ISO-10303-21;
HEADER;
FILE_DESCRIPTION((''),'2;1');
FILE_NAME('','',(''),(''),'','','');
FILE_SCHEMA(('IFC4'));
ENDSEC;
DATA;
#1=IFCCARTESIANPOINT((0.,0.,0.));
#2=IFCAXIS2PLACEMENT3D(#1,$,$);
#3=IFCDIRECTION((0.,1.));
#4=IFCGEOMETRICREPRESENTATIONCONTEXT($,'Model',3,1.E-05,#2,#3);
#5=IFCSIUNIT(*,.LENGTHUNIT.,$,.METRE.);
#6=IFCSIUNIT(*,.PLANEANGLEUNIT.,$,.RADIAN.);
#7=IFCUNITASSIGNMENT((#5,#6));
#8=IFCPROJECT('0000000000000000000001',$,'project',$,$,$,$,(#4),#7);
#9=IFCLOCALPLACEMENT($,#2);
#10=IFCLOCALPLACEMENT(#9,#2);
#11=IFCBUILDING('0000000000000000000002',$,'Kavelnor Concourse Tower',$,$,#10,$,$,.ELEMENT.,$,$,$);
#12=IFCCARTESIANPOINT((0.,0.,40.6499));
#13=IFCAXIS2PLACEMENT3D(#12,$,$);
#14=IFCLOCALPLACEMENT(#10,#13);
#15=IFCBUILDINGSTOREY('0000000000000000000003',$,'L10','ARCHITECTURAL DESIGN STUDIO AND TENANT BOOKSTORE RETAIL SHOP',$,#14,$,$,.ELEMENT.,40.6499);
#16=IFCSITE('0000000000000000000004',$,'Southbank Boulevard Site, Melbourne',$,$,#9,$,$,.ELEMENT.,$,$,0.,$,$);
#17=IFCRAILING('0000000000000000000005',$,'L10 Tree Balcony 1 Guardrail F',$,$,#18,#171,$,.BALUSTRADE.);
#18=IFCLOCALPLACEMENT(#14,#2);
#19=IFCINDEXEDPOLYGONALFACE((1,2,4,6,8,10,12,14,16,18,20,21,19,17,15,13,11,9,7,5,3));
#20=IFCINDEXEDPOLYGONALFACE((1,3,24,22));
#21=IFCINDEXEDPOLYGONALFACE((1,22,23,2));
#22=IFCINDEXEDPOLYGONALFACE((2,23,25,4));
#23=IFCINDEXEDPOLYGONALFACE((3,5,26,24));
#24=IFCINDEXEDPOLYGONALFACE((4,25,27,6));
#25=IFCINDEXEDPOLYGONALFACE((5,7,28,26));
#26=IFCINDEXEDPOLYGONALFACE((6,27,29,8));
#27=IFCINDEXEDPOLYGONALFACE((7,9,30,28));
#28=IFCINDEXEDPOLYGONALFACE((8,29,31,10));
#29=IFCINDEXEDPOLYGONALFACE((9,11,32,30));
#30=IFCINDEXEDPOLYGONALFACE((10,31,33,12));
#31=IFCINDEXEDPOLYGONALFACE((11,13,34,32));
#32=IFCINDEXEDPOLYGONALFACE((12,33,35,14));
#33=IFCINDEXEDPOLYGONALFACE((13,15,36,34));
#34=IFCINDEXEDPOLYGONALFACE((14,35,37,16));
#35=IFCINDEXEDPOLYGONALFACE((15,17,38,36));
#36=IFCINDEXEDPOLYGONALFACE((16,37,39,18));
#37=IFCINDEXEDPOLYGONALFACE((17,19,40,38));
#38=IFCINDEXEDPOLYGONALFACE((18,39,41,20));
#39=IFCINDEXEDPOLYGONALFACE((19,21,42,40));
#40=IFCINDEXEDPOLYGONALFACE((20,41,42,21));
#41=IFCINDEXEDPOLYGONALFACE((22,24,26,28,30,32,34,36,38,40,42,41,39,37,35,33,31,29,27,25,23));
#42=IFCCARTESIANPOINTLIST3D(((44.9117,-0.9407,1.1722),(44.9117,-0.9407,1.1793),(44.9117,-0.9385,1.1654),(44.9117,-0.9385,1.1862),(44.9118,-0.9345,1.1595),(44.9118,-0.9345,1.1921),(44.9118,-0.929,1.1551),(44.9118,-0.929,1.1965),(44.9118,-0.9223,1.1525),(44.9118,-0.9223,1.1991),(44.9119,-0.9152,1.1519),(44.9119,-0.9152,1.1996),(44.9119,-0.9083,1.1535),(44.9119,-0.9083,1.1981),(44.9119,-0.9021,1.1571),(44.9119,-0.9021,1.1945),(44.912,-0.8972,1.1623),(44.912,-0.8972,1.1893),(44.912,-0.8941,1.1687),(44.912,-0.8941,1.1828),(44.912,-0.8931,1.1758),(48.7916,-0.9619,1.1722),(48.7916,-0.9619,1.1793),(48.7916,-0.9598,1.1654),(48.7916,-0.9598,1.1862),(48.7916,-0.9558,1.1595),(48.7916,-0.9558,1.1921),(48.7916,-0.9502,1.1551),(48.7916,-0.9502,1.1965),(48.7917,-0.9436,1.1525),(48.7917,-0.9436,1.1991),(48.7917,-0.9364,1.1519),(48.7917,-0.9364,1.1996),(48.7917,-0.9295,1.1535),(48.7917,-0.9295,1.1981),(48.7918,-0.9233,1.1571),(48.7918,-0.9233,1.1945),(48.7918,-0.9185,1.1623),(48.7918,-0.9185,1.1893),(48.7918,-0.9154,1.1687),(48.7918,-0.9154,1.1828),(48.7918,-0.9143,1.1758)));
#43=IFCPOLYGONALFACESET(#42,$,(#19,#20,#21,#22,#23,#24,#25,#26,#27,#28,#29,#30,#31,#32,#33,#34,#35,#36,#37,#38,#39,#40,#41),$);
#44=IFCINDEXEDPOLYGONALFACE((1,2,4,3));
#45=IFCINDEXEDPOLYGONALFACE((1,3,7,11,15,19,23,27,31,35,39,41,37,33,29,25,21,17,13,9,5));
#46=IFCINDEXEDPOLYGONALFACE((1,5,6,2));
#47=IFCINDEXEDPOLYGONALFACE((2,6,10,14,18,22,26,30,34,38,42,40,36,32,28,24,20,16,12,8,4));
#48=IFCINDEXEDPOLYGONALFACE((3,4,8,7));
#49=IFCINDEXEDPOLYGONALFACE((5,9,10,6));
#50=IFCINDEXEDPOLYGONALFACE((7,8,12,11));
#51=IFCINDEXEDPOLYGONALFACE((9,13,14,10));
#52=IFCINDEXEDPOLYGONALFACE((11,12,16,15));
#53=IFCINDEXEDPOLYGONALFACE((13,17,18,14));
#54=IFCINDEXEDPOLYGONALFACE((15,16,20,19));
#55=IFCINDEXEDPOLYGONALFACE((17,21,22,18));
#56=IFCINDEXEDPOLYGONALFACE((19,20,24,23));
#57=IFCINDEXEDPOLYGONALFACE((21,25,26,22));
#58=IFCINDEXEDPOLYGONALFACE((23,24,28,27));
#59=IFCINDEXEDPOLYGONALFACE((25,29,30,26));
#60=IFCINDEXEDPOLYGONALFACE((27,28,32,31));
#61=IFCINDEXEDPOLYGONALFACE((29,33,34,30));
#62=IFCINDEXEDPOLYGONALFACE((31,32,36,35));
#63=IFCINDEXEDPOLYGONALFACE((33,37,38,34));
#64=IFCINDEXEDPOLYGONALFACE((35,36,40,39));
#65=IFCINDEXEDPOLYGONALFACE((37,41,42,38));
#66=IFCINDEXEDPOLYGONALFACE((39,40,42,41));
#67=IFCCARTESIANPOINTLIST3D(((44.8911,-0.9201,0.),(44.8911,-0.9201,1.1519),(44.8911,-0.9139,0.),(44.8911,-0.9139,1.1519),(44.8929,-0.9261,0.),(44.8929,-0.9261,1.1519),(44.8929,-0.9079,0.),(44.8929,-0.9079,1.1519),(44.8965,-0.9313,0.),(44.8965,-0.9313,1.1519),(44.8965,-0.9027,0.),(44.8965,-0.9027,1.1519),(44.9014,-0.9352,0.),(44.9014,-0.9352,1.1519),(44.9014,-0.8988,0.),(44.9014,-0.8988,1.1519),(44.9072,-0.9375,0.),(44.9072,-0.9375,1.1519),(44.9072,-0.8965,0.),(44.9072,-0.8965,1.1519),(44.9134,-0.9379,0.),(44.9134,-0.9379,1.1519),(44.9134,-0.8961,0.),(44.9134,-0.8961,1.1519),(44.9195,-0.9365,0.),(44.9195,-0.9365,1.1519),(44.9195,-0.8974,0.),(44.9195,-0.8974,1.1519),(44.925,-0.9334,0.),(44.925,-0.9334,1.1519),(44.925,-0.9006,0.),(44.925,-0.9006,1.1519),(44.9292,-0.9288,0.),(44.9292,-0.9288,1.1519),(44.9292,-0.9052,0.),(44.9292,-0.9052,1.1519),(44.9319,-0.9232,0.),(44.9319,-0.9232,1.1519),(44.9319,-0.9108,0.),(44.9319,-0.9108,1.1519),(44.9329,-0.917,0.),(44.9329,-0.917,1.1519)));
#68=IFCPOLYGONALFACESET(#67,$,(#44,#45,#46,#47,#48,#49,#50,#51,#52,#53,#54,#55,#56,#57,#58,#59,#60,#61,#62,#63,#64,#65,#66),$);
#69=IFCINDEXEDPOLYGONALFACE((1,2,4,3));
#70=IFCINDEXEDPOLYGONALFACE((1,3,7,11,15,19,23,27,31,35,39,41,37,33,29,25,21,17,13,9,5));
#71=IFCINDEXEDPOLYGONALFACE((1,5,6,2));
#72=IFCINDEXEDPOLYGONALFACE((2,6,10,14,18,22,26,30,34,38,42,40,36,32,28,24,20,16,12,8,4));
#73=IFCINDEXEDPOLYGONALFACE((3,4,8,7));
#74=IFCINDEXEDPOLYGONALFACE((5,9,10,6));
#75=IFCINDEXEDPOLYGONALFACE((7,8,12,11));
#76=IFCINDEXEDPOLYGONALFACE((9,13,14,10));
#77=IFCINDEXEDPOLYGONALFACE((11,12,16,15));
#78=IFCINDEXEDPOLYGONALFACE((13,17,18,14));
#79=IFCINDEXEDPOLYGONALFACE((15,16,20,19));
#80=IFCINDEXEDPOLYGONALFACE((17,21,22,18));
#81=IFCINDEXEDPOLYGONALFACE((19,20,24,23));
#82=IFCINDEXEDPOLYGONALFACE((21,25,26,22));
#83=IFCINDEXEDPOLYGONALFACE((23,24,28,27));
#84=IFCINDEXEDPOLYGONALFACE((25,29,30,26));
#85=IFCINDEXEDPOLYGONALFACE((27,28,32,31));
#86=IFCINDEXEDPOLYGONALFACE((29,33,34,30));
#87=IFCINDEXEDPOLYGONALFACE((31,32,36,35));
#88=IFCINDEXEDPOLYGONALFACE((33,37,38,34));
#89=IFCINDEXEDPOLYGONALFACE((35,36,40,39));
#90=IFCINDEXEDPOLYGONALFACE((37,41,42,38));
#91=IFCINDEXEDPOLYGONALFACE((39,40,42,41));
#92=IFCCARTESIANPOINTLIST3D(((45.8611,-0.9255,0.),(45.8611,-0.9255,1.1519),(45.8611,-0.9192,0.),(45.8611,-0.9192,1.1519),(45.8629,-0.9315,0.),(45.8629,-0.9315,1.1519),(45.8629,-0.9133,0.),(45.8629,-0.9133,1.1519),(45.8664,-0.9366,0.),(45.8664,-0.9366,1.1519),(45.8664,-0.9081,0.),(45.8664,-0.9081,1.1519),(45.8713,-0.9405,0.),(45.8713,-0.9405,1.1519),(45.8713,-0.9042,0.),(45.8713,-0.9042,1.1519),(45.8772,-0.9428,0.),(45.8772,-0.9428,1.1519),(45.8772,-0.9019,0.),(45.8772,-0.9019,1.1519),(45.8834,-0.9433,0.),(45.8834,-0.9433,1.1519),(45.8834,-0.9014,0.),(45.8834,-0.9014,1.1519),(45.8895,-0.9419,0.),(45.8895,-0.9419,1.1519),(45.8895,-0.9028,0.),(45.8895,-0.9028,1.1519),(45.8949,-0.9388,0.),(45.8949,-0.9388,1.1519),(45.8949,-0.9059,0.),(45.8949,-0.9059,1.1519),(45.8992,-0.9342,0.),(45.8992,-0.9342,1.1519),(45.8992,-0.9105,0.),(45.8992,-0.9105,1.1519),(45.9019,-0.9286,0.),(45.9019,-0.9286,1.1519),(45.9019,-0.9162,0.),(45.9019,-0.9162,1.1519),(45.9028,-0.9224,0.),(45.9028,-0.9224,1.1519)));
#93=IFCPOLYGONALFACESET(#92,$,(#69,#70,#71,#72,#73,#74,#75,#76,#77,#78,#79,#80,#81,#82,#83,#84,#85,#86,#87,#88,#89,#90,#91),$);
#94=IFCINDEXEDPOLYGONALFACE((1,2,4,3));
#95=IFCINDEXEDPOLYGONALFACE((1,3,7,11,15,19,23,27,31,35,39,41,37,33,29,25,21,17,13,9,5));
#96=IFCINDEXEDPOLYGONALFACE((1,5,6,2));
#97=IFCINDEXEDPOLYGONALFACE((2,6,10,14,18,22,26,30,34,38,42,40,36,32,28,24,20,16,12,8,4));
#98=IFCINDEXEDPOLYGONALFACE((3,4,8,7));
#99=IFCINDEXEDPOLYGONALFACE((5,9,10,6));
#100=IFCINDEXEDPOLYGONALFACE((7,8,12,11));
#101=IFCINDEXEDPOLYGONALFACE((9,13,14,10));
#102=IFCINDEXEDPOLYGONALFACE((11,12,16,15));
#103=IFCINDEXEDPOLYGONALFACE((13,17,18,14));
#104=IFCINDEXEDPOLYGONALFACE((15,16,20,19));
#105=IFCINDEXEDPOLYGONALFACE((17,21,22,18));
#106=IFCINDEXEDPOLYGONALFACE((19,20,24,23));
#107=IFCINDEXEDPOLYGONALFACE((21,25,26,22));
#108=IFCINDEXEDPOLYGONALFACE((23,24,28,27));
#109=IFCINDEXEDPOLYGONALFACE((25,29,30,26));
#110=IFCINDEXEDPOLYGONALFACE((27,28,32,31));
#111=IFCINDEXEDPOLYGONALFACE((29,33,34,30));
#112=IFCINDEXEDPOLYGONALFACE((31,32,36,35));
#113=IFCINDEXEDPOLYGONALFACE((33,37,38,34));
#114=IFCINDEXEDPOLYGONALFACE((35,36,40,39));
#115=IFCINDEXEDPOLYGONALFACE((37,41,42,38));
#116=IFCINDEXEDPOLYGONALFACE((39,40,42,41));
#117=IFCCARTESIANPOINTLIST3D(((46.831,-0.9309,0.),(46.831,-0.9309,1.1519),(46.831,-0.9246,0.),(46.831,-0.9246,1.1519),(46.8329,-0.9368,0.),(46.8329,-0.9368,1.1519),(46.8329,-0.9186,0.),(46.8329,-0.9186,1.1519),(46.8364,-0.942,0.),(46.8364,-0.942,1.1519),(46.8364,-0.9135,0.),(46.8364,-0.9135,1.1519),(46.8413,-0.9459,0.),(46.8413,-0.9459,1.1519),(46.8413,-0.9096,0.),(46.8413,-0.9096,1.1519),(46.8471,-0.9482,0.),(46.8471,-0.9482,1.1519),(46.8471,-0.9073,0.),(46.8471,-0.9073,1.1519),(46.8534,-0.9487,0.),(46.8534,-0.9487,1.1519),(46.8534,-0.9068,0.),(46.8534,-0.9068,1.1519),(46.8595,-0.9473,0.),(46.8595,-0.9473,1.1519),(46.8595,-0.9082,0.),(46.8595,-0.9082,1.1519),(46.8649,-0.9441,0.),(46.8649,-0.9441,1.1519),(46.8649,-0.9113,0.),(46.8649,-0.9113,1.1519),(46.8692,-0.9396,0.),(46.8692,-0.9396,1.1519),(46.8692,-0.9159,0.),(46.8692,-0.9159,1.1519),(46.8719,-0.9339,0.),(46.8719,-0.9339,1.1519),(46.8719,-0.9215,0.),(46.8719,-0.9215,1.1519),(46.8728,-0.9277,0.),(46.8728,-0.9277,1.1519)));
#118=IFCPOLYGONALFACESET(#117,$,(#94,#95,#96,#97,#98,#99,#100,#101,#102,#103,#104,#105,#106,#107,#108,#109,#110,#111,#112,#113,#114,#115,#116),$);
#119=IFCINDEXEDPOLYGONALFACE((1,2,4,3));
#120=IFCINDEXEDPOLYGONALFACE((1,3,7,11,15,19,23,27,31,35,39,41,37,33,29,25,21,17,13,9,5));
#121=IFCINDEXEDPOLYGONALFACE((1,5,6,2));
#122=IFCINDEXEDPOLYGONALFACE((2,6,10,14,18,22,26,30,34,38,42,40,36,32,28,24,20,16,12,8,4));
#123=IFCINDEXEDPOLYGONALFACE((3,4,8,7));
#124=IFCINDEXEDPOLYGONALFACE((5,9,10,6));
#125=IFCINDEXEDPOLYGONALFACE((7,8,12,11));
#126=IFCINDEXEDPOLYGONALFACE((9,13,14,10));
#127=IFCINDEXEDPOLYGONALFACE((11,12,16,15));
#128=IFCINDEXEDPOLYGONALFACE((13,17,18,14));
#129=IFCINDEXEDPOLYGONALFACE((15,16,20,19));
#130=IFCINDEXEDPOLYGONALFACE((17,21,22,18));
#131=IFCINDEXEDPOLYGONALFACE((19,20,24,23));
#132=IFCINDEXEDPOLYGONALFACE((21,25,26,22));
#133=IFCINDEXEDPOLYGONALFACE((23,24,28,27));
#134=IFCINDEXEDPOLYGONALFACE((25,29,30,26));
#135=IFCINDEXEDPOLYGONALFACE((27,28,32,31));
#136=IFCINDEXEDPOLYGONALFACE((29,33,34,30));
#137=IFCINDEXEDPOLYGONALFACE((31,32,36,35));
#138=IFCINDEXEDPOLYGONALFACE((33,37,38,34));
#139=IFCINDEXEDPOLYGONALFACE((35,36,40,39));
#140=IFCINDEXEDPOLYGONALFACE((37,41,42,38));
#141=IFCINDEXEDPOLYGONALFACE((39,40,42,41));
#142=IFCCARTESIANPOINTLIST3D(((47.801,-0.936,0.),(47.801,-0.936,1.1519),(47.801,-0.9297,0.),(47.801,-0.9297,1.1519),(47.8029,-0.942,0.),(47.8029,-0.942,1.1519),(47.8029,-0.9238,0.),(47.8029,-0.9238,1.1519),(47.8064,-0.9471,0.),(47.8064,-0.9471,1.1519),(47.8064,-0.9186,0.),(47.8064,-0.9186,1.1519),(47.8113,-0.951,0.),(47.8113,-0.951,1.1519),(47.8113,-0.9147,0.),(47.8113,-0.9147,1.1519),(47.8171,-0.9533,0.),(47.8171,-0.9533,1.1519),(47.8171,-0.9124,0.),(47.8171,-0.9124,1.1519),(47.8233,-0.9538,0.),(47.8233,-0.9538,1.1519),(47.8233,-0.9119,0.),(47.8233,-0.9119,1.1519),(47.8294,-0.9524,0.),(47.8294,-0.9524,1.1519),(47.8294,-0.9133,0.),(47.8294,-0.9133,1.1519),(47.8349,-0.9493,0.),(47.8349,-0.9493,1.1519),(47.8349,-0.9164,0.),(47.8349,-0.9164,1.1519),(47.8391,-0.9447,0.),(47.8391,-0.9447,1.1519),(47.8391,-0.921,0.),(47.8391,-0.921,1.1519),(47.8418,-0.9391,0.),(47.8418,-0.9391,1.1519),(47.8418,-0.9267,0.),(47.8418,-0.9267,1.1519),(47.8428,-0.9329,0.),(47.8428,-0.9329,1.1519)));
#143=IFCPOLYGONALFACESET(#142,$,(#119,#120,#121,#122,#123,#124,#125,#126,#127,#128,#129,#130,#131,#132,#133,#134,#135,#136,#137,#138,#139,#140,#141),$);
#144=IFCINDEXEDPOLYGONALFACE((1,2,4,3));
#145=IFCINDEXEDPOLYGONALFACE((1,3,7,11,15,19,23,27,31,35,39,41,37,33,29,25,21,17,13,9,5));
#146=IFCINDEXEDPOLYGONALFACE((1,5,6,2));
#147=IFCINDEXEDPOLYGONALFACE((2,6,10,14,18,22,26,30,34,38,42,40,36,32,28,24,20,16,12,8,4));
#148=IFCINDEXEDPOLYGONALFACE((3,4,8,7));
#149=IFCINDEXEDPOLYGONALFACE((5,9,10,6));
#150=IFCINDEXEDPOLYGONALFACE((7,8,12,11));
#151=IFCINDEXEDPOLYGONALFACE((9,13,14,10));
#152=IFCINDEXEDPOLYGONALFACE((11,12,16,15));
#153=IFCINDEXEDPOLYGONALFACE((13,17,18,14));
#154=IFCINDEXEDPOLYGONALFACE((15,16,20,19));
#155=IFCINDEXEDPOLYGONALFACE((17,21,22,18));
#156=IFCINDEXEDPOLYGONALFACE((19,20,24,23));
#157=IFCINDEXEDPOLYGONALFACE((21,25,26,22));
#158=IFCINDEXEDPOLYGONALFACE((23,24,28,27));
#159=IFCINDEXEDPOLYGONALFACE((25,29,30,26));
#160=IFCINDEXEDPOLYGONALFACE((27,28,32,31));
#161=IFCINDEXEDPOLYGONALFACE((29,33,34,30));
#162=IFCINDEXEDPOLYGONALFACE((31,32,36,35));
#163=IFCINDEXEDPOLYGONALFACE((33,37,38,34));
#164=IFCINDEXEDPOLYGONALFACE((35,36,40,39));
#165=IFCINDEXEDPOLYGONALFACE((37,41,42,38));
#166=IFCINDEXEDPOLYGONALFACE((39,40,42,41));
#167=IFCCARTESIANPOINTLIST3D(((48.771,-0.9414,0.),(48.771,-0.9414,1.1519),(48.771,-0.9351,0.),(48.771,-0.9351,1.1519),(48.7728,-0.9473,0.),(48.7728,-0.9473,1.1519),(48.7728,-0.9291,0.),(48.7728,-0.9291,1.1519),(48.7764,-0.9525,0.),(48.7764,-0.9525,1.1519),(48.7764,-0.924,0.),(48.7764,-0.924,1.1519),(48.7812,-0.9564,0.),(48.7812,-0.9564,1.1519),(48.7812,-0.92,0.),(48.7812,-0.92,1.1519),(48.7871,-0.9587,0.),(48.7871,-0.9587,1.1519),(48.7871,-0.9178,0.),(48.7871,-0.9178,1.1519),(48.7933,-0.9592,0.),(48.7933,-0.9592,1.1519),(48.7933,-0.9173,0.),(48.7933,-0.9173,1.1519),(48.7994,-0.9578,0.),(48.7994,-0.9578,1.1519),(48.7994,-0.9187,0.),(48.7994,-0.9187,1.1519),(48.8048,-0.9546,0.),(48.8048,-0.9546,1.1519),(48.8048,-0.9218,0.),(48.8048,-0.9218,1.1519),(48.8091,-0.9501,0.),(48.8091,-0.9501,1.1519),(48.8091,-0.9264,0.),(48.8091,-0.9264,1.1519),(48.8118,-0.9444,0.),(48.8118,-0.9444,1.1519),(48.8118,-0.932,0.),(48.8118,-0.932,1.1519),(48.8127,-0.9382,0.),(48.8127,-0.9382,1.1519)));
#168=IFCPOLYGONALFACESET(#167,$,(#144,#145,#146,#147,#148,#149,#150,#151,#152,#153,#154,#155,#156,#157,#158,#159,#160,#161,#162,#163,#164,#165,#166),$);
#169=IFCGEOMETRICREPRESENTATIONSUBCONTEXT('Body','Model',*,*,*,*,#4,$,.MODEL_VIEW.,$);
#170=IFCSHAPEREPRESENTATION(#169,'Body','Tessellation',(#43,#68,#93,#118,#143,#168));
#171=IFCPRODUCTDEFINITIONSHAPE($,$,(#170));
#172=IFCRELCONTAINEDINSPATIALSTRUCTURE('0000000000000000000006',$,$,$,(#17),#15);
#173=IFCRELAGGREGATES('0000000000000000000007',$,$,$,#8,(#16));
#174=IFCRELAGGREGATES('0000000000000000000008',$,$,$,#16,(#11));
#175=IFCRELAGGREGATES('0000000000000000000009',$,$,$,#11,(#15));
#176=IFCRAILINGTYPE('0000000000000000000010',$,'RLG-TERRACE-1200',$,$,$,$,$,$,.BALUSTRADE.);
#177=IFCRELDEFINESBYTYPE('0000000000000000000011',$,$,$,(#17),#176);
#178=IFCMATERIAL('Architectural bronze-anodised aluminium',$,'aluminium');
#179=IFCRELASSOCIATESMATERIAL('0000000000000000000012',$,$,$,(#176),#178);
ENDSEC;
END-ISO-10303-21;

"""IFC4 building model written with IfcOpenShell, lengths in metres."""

from ifc_helpers import new_model, si_unit, direction, frame, origin, origin_2d, place, context, subcontext, project, spatial, circle, extrude, material, type_object, element, save


model = new_model("IFC4")

# Units and contexts
model_context = context("Model", 3, precision=1e-05, world=origin(), true_north=direction((0.0, 1.0)))
body_context = subcontext(model_context, "Body", "Model", "MODEL_VIEW")
ifc_project = project(units=[si_unit("LENGTHUNIT", "METRE"), si_unit("PLANEANGLEUNIT", "RADIAN")], contexts=[model_context])

# Site, building, storey
site_placement = place(None, origin())
site = spatial("IfcSite", under=ifc_project, at=site_placement, Name="Southbank Boulevard Site, Melbourne", CompositionType="ELEMENT", RefElevation=0.0)
building_placement = place(site_placement, origin())
building = spatial("IfcBuilding", under=site, at=building_placement, Name="Kavelnor Concourse Tower", CompositionType="ELEMENT")
storey_placement = place(building_placement, frame((0.0, 0.0, 40.6499)))
storey = spatial("IfcBuildingStorey", under=building, at=storey_placement, Name="L10", Description="ARCHITECTURAL DESIGN STUDIO AND TENANT BOOKSTORE RETAIL SHOP", CompositionType="ELEMENT", Elevation=40.6499)

# Railing
ifc_material_1 = material(Name="Architectural bronze-anodised aluminium", Category="aluminium")
railing_type_1 = type_object("IfcRailingType", Name="RLG-TERRACE-1200", PredefinedType="BALUSTRADE", material=ifc_material_1)
railing_1_placement = place(storey_placement, frame((44.9119, -0.917, 0.0)))
element("IfcRailing", 1, at=railing_1_placement, inside=storey, type_object=railing_type_1, Name="L10 Tree Balcony 1 Guardrail F", PredefinedType="BALUSTRADE", context=body_context, shape_type="SweptSolid", body=[
    extrude(circle(Radius=0.0239, at=origin_2d()), frame((0.0, 0.0, 1.1758), z_axis=(0.999985, -0.005474, 0.0), x_axis=(0.005474, 0.999985, 0.0)), (0.0, 0.0, 1.0), 3.8799),
    extrude(circle(Radius=0.021, at=origin_2d()), origin(), (0.0, 0.0, 1.0), 1.1519),
    extrude(circle(Radius=0.021, at=origin_2d()), frame((0.97, -0.0054, 0.0)), (0.0, 0.0, 1.0), 1.1519),
    extrude(circle(Radius=0.021, at=origin_2d()), frame((1.9399, -0.0107, 0.0)), (0.0, 0.0, 1.0), 1.1519),
    extrude(circle(Radius=0.021, at=origin_2d()), frame((2.9099, -0.0159, 0.0)), (0.0, 0.0, 1.0), 1.1519),
    extrude(circle(Radius=0.021, at=origin_2d()), frame((3.8799, -0.0212, 0.0)), (0.0, 0.0, 1.0), 1.1519),
])

save(model, "model.ifc")
